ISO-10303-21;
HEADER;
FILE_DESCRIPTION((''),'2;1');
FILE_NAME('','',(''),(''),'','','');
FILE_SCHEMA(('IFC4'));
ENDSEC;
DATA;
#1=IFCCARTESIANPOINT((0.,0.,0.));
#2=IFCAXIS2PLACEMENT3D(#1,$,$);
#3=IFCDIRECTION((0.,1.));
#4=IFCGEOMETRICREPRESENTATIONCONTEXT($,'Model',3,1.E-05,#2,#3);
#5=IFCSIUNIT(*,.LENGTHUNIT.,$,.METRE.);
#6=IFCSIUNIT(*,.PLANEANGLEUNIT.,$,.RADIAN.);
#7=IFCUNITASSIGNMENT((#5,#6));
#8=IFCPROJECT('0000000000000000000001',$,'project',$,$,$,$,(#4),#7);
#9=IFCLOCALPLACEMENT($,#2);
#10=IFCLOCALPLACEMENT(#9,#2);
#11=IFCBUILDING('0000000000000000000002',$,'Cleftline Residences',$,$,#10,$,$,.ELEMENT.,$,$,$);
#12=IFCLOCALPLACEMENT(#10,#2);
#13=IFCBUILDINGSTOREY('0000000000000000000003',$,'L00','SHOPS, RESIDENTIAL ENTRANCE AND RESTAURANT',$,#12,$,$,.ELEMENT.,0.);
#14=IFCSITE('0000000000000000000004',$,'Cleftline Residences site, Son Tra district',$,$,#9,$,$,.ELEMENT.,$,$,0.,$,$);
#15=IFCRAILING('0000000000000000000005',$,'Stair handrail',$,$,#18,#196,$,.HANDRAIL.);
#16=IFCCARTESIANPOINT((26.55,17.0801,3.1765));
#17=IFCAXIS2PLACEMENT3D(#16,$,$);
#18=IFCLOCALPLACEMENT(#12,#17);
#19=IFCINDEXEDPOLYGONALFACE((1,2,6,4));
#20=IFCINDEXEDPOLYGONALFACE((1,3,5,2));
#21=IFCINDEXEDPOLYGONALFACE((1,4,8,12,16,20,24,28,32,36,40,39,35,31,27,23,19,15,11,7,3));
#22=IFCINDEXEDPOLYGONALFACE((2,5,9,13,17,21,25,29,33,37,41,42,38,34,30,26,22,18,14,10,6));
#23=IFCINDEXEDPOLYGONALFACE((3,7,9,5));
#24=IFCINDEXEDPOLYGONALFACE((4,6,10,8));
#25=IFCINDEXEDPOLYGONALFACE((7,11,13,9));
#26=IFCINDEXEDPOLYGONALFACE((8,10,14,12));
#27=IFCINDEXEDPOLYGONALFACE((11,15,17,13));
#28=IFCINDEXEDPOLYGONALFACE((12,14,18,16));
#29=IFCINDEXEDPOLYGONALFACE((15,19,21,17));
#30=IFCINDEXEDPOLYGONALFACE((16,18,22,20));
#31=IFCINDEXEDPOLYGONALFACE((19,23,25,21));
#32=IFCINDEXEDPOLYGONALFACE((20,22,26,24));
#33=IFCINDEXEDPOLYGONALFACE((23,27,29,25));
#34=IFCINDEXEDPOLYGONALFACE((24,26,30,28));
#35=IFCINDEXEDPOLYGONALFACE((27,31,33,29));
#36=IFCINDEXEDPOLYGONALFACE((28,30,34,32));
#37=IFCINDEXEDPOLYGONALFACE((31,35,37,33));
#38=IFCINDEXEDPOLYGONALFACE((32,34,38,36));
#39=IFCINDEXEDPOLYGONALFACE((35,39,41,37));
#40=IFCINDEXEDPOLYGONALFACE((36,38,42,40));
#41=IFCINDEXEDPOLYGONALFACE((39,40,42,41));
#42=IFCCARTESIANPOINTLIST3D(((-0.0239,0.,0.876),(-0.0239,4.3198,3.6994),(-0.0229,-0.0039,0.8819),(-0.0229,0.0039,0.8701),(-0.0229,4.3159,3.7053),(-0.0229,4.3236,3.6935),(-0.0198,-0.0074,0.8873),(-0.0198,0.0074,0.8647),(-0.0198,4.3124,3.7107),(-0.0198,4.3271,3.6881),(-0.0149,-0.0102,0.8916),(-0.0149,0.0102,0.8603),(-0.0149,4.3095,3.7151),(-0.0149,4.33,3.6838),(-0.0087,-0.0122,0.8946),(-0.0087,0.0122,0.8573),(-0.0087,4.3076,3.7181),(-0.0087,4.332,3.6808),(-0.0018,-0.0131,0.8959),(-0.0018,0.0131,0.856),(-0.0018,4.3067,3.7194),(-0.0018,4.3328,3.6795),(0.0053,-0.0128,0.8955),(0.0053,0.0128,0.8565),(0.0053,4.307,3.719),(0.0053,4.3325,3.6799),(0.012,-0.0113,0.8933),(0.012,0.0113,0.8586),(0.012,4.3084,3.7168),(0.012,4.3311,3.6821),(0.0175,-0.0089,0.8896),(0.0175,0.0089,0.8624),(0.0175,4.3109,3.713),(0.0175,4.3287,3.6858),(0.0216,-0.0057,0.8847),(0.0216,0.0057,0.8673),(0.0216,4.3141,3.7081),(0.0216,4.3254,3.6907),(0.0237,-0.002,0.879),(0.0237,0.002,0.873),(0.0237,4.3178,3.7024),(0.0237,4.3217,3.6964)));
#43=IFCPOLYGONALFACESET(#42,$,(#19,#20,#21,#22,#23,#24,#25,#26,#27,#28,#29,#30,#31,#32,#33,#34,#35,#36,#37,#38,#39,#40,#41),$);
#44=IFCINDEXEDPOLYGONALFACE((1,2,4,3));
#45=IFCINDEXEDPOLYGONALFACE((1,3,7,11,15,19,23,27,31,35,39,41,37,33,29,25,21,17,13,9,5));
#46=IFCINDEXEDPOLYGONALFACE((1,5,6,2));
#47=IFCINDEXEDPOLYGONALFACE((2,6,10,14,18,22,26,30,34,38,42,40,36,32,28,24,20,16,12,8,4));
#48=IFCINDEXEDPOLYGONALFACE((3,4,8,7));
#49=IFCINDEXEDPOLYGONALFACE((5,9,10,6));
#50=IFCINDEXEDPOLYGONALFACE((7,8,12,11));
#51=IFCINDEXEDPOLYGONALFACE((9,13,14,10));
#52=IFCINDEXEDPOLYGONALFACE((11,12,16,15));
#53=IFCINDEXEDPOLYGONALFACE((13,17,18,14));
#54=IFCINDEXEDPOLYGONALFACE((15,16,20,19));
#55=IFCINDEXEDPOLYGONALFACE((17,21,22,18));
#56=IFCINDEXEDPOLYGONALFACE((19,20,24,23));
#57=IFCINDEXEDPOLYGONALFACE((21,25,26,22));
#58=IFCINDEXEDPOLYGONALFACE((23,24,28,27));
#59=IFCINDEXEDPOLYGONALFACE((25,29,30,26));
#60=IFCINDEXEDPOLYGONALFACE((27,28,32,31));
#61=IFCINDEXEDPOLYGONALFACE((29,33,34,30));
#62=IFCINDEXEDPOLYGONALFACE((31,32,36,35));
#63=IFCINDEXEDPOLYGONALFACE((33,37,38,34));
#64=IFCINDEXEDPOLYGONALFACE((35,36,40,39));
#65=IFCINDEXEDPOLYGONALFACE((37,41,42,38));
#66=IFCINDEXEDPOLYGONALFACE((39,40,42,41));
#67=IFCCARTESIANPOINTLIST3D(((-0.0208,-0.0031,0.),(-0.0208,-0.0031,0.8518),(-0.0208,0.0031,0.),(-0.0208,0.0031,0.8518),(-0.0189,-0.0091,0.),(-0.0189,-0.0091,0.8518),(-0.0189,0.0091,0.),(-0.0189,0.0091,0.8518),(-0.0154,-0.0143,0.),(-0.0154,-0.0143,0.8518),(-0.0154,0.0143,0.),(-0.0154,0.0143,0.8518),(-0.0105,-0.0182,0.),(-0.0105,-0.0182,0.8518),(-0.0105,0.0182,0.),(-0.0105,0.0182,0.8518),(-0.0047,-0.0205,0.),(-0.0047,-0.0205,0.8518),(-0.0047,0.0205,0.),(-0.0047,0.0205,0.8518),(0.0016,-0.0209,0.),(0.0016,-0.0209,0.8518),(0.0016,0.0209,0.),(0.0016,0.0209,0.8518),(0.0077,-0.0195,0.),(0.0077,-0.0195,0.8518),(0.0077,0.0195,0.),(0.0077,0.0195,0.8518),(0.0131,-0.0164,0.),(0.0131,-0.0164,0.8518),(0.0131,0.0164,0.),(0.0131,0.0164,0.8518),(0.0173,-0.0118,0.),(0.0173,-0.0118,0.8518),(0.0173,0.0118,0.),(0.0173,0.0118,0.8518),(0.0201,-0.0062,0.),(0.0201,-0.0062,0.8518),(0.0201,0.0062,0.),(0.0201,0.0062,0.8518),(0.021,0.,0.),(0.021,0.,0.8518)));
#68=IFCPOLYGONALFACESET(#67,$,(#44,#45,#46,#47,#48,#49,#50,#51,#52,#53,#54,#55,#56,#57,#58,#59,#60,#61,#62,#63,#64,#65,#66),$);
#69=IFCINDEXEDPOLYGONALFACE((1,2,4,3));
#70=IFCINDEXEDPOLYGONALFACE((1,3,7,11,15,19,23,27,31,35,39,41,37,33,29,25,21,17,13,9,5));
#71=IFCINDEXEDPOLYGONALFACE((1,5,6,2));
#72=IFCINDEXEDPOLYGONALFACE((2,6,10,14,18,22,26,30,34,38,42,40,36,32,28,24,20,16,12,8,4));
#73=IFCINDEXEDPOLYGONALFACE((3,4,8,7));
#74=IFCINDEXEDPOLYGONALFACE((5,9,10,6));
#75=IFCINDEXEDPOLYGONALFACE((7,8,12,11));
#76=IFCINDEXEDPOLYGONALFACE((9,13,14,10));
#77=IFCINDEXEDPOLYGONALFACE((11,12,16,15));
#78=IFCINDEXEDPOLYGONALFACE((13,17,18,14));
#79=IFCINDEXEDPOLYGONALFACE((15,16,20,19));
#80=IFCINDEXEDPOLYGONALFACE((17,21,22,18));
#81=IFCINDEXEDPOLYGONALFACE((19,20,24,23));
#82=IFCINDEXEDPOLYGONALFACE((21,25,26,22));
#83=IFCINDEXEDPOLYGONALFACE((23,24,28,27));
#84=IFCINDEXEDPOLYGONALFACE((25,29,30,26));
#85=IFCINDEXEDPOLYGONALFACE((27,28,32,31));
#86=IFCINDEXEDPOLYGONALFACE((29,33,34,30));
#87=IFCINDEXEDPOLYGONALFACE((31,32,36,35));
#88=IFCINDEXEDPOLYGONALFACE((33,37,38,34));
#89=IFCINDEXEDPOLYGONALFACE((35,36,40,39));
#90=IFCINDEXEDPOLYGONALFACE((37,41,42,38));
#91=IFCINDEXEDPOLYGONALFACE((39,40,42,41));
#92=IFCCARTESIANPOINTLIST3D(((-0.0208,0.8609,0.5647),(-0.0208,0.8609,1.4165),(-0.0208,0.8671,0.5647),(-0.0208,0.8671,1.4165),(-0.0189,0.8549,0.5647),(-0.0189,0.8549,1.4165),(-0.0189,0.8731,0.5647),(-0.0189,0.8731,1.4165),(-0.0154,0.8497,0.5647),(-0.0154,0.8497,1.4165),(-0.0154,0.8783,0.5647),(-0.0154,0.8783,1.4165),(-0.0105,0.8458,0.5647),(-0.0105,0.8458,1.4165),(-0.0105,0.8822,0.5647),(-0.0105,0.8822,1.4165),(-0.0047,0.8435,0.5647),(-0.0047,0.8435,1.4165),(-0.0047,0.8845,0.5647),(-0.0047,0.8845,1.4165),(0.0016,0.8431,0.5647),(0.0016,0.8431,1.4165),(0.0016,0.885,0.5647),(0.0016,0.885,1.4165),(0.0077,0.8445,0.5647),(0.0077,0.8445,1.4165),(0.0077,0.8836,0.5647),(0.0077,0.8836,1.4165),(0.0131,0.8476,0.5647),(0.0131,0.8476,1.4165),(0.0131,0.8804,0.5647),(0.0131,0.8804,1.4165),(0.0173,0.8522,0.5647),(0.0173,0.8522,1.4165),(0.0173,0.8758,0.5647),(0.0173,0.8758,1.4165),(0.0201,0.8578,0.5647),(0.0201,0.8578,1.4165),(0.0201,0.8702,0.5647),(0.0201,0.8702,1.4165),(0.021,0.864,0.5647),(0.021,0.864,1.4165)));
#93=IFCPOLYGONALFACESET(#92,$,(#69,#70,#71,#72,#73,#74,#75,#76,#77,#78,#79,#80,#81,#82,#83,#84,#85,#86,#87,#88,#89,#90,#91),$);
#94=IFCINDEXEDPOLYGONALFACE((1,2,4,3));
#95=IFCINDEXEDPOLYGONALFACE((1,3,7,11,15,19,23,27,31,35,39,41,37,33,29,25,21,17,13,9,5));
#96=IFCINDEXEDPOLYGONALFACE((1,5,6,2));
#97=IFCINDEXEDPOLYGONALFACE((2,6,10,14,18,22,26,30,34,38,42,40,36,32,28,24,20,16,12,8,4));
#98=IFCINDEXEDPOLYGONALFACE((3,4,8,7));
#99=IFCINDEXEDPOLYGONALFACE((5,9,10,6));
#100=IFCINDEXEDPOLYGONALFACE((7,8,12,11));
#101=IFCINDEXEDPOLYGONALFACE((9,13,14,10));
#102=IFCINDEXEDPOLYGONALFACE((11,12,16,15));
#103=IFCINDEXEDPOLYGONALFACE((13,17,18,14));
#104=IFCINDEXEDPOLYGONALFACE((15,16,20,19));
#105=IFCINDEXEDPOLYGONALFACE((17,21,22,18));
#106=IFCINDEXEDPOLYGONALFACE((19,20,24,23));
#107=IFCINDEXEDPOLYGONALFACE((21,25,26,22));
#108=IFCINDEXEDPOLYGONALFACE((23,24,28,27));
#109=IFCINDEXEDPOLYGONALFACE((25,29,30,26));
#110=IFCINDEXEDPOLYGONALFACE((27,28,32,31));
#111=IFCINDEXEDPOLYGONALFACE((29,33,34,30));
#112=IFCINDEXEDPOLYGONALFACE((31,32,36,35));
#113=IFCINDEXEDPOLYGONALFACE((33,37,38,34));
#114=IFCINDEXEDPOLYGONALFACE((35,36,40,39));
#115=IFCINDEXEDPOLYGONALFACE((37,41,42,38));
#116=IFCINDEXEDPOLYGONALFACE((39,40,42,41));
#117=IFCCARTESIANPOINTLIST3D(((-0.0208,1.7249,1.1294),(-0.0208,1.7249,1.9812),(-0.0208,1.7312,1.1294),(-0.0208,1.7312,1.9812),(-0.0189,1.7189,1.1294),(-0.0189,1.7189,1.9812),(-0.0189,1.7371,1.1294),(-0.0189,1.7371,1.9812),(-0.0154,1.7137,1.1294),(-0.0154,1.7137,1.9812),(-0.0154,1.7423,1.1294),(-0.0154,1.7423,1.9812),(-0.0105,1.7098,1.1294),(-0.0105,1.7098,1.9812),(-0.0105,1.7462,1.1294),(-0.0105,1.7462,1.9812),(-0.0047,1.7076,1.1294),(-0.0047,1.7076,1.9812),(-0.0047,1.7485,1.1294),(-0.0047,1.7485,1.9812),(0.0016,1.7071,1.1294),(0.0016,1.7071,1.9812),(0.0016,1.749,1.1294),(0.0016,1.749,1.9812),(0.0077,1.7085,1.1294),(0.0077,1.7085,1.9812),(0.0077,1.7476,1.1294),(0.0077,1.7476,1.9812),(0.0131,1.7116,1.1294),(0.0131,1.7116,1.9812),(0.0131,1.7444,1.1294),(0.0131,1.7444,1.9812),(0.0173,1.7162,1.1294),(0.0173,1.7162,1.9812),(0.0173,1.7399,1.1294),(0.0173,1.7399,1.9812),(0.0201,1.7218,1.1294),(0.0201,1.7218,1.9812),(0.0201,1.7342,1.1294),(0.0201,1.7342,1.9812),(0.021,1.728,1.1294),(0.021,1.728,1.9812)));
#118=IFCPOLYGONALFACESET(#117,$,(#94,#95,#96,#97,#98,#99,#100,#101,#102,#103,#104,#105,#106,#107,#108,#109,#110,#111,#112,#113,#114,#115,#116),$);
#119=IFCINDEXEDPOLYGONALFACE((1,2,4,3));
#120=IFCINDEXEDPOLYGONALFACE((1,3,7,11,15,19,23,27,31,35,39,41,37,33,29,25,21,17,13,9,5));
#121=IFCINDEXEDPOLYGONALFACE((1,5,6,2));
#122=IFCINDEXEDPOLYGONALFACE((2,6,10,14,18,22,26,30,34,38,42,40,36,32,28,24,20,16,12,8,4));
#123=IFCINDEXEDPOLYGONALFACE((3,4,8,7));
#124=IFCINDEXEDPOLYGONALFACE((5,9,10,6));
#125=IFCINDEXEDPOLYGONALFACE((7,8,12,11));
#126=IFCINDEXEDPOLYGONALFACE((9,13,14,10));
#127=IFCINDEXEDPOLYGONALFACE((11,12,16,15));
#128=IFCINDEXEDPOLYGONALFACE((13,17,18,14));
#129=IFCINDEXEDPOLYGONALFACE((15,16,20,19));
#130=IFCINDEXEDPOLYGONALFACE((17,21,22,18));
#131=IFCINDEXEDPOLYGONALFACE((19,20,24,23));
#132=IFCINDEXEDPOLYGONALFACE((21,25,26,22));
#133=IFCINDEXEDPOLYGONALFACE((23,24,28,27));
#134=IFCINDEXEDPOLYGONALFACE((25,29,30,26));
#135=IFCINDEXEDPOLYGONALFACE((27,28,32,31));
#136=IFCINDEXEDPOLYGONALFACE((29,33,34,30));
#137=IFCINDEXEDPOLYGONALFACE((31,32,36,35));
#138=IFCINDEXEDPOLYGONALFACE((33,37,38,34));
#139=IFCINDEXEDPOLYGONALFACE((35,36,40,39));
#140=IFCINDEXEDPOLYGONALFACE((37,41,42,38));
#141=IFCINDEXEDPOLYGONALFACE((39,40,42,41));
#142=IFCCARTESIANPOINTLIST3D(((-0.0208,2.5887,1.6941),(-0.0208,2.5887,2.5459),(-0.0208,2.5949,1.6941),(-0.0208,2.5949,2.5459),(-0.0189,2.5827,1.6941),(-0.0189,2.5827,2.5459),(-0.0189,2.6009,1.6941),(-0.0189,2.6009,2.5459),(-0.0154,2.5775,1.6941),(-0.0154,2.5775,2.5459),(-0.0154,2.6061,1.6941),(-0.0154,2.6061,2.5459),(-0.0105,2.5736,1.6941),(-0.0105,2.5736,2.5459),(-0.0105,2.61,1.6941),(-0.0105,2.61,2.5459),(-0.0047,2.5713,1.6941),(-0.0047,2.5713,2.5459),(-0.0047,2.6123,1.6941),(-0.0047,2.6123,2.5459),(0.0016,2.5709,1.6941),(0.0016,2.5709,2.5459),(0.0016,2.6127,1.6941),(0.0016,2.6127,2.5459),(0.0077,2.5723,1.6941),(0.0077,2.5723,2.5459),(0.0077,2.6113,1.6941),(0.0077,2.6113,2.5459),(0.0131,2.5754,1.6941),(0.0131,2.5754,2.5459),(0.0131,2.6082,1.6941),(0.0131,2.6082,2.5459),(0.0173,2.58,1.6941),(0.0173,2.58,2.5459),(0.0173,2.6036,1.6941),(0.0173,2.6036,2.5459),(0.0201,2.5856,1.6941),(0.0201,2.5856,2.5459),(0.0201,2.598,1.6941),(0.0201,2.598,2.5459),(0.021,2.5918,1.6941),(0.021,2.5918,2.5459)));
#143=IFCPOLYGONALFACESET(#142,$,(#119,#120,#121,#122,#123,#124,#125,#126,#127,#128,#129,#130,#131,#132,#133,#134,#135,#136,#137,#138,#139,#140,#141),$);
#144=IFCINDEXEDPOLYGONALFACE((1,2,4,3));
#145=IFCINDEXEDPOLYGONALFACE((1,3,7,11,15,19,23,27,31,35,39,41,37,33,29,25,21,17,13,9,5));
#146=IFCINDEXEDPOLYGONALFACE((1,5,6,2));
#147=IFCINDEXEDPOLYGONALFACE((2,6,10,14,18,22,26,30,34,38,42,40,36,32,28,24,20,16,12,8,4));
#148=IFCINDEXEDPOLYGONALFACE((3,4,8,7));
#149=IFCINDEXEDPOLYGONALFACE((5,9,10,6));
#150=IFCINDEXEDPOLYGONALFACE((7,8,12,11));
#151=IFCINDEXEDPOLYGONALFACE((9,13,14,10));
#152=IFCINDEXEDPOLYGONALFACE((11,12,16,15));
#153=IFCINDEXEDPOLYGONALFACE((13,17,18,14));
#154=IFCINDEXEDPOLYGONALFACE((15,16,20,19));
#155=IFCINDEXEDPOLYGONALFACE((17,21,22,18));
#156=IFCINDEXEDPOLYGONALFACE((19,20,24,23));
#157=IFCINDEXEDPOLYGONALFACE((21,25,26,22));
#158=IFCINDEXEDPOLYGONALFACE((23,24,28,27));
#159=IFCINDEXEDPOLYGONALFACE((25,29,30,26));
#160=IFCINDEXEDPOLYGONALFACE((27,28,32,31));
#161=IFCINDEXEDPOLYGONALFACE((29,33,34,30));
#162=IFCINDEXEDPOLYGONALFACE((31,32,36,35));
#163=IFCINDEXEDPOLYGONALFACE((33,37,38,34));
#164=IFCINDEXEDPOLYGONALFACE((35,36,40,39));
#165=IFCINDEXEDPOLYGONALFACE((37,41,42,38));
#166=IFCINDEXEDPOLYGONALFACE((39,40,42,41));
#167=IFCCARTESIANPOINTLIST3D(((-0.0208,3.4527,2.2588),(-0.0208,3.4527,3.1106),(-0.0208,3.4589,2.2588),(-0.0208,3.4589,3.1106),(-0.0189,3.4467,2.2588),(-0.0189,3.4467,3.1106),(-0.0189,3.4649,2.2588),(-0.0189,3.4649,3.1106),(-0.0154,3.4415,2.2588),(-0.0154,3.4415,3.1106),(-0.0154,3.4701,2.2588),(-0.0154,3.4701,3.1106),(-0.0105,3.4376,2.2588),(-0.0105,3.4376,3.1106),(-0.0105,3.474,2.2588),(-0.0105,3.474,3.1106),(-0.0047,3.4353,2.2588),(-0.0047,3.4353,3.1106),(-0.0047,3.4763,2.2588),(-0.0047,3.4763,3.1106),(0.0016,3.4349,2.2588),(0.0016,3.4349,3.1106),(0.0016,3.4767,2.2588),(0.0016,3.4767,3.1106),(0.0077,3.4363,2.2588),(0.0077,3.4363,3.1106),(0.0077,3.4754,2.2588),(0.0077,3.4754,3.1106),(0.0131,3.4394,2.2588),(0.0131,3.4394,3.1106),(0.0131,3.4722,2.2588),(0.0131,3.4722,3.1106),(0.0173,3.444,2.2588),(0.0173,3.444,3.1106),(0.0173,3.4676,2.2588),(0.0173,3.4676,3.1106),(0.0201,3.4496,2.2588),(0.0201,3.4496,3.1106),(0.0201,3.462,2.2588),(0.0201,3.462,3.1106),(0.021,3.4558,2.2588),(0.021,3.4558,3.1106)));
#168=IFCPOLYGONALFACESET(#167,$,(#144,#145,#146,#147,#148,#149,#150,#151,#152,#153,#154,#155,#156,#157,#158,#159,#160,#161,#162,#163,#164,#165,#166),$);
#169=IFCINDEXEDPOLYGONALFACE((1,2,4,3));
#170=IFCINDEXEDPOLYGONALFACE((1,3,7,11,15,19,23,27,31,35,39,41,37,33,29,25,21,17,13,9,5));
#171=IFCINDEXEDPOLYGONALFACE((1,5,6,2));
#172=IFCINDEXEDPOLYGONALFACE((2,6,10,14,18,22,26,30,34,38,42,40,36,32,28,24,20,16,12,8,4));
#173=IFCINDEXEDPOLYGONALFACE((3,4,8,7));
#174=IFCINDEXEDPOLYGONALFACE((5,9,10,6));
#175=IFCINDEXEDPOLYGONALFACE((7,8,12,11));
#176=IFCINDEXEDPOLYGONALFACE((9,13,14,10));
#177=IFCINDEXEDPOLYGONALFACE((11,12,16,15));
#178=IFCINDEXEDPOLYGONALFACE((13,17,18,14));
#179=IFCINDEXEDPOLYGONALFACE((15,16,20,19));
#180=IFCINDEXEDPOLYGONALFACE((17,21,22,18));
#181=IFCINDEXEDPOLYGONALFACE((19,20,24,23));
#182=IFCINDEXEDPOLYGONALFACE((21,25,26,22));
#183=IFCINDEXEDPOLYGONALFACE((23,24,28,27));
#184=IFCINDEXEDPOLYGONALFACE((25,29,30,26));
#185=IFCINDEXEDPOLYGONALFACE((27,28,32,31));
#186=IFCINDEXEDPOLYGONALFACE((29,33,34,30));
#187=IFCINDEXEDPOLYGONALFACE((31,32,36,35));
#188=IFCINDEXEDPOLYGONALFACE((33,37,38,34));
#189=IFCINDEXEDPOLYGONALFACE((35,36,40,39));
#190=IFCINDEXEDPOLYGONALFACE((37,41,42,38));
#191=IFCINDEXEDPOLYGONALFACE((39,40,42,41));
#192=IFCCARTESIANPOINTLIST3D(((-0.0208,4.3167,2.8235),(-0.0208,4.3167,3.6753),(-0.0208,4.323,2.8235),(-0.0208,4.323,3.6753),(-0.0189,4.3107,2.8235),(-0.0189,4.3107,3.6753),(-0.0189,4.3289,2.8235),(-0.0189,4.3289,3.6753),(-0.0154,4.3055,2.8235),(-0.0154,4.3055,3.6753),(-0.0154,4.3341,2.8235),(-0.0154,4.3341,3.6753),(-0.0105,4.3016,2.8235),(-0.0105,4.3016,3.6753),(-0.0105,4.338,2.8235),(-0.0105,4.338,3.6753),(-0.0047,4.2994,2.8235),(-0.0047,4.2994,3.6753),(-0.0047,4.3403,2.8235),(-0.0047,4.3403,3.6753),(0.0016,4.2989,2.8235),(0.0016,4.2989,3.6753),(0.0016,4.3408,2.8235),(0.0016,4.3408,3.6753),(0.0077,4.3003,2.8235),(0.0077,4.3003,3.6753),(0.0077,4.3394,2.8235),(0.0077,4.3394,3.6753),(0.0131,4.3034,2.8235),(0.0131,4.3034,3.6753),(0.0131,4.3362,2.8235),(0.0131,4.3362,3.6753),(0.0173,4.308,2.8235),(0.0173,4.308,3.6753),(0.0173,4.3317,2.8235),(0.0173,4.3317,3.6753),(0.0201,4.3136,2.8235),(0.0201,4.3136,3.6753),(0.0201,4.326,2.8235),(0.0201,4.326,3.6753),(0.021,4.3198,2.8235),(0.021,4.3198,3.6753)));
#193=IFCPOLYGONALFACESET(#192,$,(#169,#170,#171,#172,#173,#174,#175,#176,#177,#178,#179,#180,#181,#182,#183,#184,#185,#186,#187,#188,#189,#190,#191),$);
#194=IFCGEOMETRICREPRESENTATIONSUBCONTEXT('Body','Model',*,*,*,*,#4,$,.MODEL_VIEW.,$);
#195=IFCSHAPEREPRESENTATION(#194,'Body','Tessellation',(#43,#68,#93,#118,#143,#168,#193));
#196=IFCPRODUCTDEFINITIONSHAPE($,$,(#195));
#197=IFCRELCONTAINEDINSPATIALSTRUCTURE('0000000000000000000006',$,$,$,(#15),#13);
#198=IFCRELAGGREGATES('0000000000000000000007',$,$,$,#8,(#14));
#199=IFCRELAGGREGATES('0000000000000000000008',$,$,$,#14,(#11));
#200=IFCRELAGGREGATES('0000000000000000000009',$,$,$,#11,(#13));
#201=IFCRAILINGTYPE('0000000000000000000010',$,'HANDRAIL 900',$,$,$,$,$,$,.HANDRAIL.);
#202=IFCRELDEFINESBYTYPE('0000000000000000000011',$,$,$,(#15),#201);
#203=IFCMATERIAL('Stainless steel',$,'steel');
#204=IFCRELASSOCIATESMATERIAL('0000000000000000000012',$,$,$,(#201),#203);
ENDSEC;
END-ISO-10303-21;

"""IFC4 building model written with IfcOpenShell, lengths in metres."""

from ifc_helpers import new_model, si_unit, direction, frame, origin, origin_2d, place, context, subcontext, project, spatial, circle, extrude, material, type_object, element, save


model = new_model("IFC4")

# Units and contexts
model_context = context("Model", 3, precision=1e-05, world=origin(), true_north=direction((0.0, 1.0)))
body_context = subcontext(model_context, "Body", "Model", "MODEL_VIEW")
ifc_project = project(units=[si_unit("LENGTHUNIT", "METRE"), si_unit("PLANEANGLEUNIT", "RADIAN")], contexts=[model_context])

# Site, building, storey
site_placement = place(None, origin())
site = spatial("IfcSite", under=ifc_project, at=site_placement, Name="Cleftline Residences site, Son Tra district", CompositionType="ELEMENT", RefElevation=0.0)
building_placement = place(site_placement, origin())
building = spatial("IfcBuilding", under=site, at=building_placement, Name="Cleftline Residences", CompositionType="ELEMENT")
storey_placement = place(building_placement, origin())
storey = spatial("IfcBuildingStorey", under=building, at=storey_placement, Name="L00", Description="SHOPS, RESIDENTIAL ENTRANCE AND RESTAURANT", CompositionType="ELEMENT", Elevation=0.0)

# Railing
ifc_material_1 = material(Name="Stainless steel", Category="steel")
railing_type = type_object("IfcRailingType", Name="HANDRAIL 900", PredefinedType="HANDRAIL", material=ifc_material_1)
railing_1_placement = place(storey_placement, frame((26.55, 17.0801, 3.1765)))
element("IfcRailing", 1, at=railing_1_placement, inside=storey, type_object=railing_type, Name="Stair handrail", PredefinedType="HANDRAIL", context=body_context, shape_type="SweptSolid", body=[
    extrude(circle(Radius=0.0239, at=origin_2d()), frame((0.0, 0.0, 0.876), z_axis=(0.0, 0.83706, 0.547112), x_axis=(-1.0, 0.0, 0.0)), (0.0, 0.0, 1.0), 5.1606),
    extrude(circle(Radius=0.021, at=origin_2d()), origin(), (0.0, 0.0, 1.0), 0.8518),
    extrude(circle(Radius=0.021, at=origin_2d()), frame((0.0, 0.864, 0.5647)), (0.0, 0.0, 1.0), 0.8518),
    extrude(circle(Radius=0.021, at=origin_2d()), frame((0.0, 1.728, 1.1294)), (0.0, 0.0, 1.0), 0.8518),
    extrude(circle(Radius=0.021, at=origin_2d()), frame((0.0, 2.5918, 1.6941)), (0.0, 0.0, 1.0), 0.8518),
    extrude(circle(Radius=0.021, at=origin_2d()), frame((0.0, 3.4558, 2.2588)), (0.0, 0.0, 1.0), 0.8518),
    extrude(circle(Radius=0.021, at=origin_2d()), frame((0.0, 4.3198, 2.8235)), (0.0, 0.0, 1.0), 0.8518),
])

save(model, "model.ifc")
